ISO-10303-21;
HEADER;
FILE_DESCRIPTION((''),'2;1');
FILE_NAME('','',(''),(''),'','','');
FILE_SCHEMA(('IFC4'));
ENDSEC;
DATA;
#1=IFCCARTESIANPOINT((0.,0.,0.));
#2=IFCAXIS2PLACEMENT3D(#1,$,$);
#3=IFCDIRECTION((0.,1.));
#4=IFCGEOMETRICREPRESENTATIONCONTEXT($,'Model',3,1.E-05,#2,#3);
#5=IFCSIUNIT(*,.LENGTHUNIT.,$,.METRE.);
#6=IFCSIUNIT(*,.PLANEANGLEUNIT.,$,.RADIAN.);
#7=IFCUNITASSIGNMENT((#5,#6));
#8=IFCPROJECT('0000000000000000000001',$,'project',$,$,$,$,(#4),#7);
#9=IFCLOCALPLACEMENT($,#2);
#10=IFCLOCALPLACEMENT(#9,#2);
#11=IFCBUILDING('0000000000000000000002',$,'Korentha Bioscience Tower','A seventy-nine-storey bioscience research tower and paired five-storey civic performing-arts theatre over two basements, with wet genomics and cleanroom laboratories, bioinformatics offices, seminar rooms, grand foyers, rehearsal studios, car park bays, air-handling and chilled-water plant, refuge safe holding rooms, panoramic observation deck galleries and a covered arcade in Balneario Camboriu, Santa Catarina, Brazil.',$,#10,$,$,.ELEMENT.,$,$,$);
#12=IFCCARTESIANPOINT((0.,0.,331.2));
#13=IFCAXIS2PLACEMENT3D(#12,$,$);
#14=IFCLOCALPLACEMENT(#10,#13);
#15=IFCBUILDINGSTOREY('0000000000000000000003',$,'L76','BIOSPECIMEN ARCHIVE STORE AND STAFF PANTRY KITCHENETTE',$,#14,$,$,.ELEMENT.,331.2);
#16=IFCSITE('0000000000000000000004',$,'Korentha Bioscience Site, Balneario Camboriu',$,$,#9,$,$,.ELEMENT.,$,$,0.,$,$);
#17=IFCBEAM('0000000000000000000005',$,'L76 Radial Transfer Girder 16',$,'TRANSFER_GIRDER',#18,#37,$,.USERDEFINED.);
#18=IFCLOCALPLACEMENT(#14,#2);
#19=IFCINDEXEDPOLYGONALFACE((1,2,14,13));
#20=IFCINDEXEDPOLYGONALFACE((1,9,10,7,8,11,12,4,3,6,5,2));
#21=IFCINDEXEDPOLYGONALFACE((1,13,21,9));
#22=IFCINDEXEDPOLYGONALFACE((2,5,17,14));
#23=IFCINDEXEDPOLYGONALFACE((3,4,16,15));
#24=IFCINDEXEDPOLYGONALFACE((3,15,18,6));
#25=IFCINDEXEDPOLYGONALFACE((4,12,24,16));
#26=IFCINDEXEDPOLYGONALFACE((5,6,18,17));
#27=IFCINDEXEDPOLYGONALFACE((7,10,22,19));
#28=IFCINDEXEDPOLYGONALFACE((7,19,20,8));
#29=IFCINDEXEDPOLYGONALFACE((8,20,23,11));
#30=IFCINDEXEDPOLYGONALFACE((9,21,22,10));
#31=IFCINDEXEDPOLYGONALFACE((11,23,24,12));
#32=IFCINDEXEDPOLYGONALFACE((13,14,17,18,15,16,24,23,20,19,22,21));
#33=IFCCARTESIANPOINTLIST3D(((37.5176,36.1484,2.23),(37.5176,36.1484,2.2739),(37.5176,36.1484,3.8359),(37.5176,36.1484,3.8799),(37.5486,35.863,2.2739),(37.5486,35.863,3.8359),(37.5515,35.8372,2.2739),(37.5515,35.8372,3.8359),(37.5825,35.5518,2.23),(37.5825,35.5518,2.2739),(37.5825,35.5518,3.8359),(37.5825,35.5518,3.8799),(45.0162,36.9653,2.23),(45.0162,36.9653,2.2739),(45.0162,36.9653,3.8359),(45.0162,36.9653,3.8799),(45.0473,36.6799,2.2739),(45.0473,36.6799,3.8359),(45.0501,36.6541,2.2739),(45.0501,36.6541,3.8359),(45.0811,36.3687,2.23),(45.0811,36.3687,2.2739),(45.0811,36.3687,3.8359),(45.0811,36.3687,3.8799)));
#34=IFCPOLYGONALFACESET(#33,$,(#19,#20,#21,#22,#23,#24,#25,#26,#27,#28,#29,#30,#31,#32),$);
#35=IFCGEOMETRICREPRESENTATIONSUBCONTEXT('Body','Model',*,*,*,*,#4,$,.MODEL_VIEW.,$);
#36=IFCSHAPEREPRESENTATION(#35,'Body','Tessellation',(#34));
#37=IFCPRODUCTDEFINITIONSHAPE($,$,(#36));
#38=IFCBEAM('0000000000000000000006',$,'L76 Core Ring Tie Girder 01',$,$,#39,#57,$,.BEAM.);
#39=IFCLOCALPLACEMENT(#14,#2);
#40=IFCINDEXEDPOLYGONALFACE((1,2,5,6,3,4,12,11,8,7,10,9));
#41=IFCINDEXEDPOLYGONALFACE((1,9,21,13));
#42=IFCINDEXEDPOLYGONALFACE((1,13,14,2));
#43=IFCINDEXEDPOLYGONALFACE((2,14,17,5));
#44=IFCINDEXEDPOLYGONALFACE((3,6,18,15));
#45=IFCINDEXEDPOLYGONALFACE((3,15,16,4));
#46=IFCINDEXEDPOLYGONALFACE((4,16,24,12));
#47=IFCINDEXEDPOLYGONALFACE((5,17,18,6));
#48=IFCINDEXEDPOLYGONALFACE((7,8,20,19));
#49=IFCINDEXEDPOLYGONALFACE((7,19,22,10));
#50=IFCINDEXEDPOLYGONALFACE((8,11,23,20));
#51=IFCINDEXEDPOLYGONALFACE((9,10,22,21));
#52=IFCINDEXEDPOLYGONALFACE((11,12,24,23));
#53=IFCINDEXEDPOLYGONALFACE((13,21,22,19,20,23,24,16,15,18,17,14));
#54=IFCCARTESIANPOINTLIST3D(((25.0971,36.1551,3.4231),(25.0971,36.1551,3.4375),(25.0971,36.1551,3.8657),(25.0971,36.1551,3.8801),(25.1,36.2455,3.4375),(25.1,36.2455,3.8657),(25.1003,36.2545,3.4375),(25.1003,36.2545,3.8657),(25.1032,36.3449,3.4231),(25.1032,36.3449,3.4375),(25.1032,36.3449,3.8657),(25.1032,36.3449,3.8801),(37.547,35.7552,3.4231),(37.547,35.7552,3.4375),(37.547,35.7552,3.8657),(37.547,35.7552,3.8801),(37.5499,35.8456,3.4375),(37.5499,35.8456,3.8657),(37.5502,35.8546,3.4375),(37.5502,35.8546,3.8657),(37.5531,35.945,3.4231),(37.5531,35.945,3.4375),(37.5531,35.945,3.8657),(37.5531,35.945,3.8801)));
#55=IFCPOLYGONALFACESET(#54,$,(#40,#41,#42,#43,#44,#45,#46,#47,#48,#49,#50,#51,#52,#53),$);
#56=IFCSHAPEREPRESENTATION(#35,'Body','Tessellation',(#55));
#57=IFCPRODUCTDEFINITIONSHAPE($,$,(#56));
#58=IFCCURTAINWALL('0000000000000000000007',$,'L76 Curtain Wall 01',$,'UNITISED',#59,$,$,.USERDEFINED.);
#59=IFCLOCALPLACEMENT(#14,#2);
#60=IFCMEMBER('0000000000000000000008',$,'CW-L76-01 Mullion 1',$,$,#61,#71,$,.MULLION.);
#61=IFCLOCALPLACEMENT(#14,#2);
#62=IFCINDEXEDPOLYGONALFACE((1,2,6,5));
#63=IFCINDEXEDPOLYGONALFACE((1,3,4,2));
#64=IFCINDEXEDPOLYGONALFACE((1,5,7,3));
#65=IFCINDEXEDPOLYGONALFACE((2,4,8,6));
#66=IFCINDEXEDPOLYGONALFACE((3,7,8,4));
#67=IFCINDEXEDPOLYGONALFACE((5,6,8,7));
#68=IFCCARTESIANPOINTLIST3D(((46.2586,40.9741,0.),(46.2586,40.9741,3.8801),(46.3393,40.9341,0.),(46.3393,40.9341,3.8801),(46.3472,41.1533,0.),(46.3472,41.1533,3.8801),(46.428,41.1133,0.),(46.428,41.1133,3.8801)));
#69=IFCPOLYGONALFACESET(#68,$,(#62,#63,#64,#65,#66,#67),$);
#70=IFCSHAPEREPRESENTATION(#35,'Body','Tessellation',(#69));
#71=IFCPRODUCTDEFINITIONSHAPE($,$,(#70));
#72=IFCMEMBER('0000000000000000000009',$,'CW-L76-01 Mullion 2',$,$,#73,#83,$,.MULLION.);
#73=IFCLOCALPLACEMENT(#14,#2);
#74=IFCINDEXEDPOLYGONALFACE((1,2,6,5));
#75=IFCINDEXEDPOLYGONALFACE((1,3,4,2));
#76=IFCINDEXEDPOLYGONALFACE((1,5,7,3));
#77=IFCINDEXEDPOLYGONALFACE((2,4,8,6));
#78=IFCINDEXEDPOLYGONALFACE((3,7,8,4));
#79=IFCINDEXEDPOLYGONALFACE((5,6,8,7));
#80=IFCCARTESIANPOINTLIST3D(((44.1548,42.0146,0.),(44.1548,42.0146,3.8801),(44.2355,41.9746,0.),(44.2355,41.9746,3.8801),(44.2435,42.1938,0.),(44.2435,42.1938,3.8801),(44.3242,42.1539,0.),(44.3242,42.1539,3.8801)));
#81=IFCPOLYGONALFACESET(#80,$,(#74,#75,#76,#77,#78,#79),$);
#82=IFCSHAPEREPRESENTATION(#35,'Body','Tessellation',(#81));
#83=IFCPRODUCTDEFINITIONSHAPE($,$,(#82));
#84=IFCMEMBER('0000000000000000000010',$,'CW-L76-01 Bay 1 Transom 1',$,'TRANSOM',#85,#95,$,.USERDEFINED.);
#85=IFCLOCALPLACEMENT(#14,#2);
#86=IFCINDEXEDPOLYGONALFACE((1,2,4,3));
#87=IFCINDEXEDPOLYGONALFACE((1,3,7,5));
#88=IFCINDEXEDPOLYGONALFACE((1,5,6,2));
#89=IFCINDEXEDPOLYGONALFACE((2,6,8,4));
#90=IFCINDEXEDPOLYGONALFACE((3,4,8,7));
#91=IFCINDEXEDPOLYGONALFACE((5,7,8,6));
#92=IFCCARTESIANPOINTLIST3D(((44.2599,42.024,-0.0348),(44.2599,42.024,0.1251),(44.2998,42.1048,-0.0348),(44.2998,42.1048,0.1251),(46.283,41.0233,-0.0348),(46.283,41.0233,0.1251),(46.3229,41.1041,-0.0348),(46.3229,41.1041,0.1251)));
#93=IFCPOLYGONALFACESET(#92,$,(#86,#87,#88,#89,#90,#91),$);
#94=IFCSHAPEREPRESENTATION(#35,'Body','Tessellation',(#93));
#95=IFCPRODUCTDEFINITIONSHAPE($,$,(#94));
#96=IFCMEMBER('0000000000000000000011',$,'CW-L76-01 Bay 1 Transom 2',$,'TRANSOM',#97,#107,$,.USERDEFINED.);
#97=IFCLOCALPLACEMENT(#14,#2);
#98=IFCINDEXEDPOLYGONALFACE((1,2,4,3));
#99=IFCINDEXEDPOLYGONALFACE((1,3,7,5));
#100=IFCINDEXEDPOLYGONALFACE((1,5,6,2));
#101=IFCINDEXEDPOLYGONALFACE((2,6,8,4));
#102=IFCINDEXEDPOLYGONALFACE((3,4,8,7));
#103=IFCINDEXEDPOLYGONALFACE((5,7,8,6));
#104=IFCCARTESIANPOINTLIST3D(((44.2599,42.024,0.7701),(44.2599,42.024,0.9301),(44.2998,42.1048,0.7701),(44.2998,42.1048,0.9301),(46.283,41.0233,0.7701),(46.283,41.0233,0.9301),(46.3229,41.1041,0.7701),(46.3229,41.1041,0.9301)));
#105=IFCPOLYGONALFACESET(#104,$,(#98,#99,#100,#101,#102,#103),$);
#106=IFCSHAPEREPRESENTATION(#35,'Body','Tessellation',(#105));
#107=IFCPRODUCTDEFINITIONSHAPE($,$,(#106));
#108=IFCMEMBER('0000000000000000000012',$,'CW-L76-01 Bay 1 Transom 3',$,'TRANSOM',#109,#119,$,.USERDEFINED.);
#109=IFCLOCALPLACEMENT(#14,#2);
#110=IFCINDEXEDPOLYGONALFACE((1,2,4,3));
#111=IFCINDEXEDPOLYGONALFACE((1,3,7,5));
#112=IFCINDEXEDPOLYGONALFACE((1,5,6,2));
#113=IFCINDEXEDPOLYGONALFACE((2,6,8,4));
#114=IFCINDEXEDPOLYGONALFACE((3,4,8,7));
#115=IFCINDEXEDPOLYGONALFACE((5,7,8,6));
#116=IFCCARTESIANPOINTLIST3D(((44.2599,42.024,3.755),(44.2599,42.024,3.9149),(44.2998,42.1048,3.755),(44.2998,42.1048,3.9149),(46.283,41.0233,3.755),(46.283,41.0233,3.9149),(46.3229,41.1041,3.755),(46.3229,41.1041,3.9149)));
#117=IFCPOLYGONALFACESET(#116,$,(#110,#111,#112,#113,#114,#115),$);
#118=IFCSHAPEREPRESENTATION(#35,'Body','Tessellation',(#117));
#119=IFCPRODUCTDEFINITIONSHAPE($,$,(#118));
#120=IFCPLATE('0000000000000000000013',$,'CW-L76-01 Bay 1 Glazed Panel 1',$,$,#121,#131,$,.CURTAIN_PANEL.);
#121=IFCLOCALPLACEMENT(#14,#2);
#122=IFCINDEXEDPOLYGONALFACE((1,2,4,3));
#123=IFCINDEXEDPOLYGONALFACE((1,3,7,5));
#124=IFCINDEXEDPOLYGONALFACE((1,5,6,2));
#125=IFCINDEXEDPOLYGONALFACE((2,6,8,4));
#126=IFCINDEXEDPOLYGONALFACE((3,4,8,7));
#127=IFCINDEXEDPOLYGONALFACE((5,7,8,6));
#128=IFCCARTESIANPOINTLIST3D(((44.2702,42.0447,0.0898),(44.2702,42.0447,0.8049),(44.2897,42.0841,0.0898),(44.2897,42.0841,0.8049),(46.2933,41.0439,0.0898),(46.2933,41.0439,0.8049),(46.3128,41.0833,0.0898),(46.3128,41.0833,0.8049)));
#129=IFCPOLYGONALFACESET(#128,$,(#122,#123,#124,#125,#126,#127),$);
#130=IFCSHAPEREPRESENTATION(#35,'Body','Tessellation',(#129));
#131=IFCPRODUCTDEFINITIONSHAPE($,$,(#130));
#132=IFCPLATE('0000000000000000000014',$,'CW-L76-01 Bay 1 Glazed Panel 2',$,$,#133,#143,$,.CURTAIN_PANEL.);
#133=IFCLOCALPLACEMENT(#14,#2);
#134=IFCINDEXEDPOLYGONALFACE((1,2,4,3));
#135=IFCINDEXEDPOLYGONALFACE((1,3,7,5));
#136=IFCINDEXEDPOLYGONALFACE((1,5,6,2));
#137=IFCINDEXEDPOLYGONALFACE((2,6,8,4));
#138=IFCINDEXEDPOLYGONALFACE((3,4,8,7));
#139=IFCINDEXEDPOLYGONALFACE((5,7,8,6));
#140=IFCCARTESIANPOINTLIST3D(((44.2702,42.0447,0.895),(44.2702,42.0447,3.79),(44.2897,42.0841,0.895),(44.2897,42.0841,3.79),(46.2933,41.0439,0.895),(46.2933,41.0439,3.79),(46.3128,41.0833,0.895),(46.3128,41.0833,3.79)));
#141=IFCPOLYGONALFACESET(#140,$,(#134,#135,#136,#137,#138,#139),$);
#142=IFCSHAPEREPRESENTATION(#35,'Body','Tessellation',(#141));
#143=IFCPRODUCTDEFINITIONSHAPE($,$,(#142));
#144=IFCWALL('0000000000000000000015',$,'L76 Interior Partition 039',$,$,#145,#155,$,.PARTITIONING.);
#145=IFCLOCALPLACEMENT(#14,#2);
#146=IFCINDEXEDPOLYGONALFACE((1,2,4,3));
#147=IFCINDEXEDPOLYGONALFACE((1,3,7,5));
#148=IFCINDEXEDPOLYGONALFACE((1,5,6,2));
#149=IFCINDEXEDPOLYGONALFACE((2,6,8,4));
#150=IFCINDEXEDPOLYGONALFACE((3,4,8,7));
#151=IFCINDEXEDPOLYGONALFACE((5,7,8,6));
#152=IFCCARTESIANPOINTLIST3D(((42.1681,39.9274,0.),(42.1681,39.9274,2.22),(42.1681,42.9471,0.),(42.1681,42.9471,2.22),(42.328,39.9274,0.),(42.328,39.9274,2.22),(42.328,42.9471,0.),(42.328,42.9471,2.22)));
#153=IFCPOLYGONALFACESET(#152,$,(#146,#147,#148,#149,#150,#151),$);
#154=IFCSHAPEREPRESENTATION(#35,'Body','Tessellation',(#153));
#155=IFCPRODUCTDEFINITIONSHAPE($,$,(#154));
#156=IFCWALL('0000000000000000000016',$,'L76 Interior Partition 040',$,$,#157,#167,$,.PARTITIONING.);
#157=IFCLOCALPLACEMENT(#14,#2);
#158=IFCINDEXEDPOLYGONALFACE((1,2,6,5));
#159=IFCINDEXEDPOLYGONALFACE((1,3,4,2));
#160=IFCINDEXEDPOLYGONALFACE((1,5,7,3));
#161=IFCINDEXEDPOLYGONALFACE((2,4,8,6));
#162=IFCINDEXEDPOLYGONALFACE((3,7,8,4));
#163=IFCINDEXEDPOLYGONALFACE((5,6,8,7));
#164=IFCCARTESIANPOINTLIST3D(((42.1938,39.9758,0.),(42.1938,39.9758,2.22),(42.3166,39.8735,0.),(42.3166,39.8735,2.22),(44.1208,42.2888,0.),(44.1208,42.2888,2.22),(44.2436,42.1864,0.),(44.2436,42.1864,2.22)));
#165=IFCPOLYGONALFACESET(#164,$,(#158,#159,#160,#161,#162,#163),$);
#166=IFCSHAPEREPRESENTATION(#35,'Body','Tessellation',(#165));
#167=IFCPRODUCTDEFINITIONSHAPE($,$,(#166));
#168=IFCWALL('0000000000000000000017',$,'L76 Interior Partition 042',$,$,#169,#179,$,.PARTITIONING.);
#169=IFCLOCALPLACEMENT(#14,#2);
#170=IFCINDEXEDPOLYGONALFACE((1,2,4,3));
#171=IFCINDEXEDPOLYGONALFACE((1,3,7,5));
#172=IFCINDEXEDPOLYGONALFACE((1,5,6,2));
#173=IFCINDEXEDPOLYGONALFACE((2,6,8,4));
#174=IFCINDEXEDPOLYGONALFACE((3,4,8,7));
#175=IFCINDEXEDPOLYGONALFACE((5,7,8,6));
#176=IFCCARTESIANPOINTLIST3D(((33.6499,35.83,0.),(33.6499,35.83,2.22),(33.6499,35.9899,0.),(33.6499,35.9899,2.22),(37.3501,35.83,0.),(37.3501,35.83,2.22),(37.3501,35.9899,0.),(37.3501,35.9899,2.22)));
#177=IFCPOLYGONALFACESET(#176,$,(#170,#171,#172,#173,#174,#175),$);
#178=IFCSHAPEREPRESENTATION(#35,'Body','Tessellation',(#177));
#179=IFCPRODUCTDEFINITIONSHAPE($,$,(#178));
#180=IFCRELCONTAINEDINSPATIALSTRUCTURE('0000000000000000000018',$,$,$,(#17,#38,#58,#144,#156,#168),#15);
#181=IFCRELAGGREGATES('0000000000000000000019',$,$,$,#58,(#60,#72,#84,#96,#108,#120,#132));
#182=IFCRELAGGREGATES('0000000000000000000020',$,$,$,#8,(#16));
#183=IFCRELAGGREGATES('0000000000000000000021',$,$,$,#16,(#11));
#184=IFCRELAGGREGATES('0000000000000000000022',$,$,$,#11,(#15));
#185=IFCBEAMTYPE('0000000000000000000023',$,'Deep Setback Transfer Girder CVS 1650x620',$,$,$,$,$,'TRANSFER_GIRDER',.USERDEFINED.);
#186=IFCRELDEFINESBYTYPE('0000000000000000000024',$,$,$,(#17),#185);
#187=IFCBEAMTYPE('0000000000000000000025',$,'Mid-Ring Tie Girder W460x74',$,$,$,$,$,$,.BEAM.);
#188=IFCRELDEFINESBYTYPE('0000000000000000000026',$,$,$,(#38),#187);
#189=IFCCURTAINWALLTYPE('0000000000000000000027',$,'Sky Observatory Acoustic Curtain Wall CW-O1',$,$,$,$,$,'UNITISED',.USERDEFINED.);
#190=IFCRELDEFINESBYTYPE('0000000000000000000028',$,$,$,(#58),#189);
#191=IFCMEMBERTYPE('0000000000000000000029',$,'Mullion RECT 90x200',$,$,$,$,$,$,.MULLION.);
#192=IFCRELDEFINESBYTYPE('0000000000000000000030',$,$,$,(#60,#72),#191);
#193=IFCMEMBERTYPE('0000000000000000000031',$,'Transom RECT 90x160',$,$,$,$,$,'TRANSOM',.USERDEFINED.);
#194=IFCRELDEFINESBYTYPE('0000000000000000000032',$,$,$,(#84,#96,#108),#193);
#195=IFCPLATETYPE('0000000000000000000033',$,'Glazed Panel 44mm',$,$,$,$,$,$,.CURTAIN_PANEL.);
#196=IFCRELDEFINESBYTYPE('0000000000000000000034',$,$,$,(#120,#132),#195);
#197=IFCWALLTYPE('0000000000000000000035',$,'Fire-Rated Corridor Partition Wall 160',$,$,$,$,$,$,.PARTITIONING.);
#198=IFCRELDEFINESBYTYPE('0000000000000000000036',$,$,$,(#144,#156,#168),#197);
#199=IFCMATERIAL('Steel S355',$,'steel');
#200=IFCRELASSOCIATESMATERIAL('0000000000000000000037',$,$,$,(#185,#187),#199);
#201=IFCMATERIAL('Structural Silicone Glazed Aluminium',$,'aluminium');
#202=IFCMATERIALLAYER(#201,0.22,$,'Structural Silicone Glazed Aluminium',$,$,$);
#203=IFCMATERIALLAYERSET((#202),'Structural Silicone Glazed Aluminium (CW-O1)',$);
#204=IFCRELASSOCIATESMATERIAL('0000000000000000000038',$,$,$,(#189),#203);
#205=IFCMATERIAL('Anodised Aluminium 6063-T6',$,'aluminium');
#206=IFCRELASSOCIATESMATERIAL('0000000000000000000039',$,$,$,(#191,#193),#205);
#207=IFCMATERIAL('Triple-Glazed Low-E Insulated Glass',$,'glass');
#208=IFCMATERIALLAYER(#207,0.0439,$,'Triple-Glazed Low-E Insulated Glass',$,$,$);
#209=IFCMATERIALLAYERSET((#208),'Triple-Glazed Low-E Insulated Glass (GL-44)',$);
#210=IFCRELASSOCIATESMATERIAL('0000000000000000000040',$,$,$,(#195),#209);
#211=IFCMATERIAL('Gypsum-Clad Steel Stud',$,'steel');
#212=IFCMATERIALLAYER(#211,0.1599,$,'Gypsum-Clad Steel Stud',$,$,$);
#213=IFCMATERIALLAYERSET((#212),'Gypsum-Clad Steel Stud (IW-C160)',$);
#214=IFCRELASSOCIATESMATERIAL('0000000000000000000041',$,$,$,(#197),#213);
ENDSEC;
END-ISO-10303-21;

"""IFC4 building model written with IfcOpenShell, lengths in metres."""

from ifc_helpers import new_model, si_unit, direction, frame, frame_2d, origin, origin_2d, place, context, subcontext, project, spatial, rectangle, i_section, extrude, material, layer, layer_set, material_profile, profile_set, type_object, element, aggregate, save


model = new_model("IFC4")

# Units and contexts
model_context = context("Model", 3, precision=1e-05, world=origin(), true_north=direction((0.0, 1.0)))
body_context = subcontext(model_context, "Body", "Model", "MODEL_VIEW")
ifc_project = project(units=[si_unit("LENGTHUNIT", "METRE"), si_unit("PLANEANGLEUNIT", "RADIAN")], contexts=[model_context])

# Site, building, storey
site_placement = place(None, origin())
site = spatial("IfcSite", under=ifc_project, at=site_placement, Name="Korentha Bioscience Site, Balneario Camboriu", CompositionType="ELEMENT", RefElevation=0.0)
building_placement = place(site_placement, origin())
building = spatial("IfcBuilding", under=site, at=building_placement, Name="Korentha Bioscience Tower", Description="A seventy-nine-storey bioscience research tower and paired five-storey civic performing-arts theatre over two basements, with wet genomics and cleanroom laboratories, bioinformatics offices, seminar rooms, grand foyers, rehearsal studios, car park bays, air-handling and chilled-water plant, refuge safe holding rooms, panoramic observation deck galleries and a covered arcade in Balneario Camboriu, Santa Catarina, Brazil.", CompositionType="ELEMENT")
storey_placement = place(building_placement, frame((0.0, 0.0, 331.2)))
storey = spatial("IfcBuildingStorey", under=building, at=storey_placement, Name="L76", Description="BIOSPECIMEN ARCHIVE STORE AND STAFF PANTRY KITCHENETTE", CompositionType="ELEMENT", Elevation=331.2)

# Beams
ifc_material_1 = material(Name="Steel S355", Category="steel")
ifc_material_profile_1 = material_profile(ifc_material_1, i_section(OverallWidth=0.6001, OverallDepth=1.6499, WebThickness=0.0259, FlangeThickness=0.0439, at=origin_2d()), Name="Steel S355")
ifc_profile_set_1 = profile_set([ifc_material_profile_1], Name="Steel S355 (TG-04)")
beam_type_1 = type_object("IfcBeamType", Name="Deep Setback Transfer Girder CVS 1650x620", ElementType="TRANSFER_GIRDER", PredefinedType="USERDEFINED", material=ifc_profile_set_1)
beam_1_placement = place(storey_placement, frame((37.55, 35.8501, 3.0549), z_axis=(0.994118, 0.1083, 0.0), x_axis=(-0.1083, 0.994118, 0.0)))
element("IfcBeam", 1, at=beam_1_placement, inside=storey, type_object=beam_type_1, Name="L76 Radial Transfer Girder 16", ObjectType="TRANSFER_GIRDER", PredefinedType="USERDEFINED", context=body_context, shape_type="SweptSolid", body=[
    extrude(i_section(OverallWidth=0.6001, OverallDepth=1.6499, WebThickness=0.0259, FlangeThickness=0.0439, at=origin_2d()), origin(), (0.0, 0.0, 1.0), 7.543),
])
ifc_material_profile_2 = material_profile(ifc_material_1, i_section(OverallWidth=0.1899, OverallDepth=0.457, WebThickness=0.009, FlangeThickness=0.0144, at=origin_2d()), Name="Steel S355")
ifc_profile_set_2 = profile_set([ifc_material_profile_2], Name="Steel S355 (MB-460)")
beam_type_2 = type_object("IfcBeamType", Name="Mid-Ring Tie Girder W460x74", PredefinedType="BEAM", material=ifc_profile_set_2)
beam_2_placement = place(storey_placement, frame((37.55, 35.8501, 3.6516), z_axis=(-0.999485, 0.032104, 0.0), x_axis=(-0.032104, -0.999485, 0.0)))
element("IfcBeam", 2, at=beam_2_placement, inside=storey, type_object=beam_type_2, Name="L76 Core Ring Tie Girder 01", PredefinedType="BEAM", context=body_context, shape_type="SweptSolid", body=[
    extrude(i_section(OverallWidth=0.1899, OverallDepth=0.457, WebThickness=0.009, FlangeThickness=0.0144, at=origin_2d()), origin(), (0.0, 0.0, 1.0), 12.4563),
])

# Curtain wall, members, plates
ifc_material_2 = material(Name="Structural Silicone Glazed Aluminium", Category="aluminium")
ifc_layer_1 = layer(ifc_material_2, 0.22, Name="Structural Silicone Glazed Aluminium")
ifc_layer_set_1 = layer_set([ifc_layer_1], Name="Structural Silicone Glazed Aluminium (CW-O1)")
curtain_wall_type = type_object("IfcCurtainWallType", Name="Sky Observatory Acoustic Curtain Wall CW-O1", ElementType="UNITISED", PredefinedType="USERDEFINED", material=ifc_layer_set_1)
curtain_wall_placement = place(storey_placement, origin())
curtain_wall = element("IfcCurtainWall", 3, at=curtain_wall_placement, inside=storey, type_object=curtain_wall_type, Name="L76 Curtain Wall 01", ObjectType="UNITISED", PredefinedType="USERDEFINED")
ifc_material_3 = material(Name="Anodised Aluminium 6063-T6", Category="aluminium")
ifc_material_profile_3 = material_profile(ifc_material_3, rectangle(XDim=0.0901, YDim=0.2, at=origin_2d()), Name="Anodised Aluminium 6063-T6")
ifc_profile_set_3 = profile_set([ifc_material_profile_3], Name="Anodised Aluminium 6063-T6 (CW-MUL)")
member_type_1 = type_object("IfcMemberType", Name="Mullion RECT 90x200", PredefinedType="MULLION", material=ifc_profile_set_3)
member_1_placement = place(storey_placement, frame((46.3433, 41.0437, 0.0), z_axis=(0.0, 0.0, 1.0), x_axis=(-0.896323, 0.443402, 0.0)))
member_1 = element("IfcMember", 4, at=member_1_placement, type_object=member_type_1, Name="CW-L76-01 Mullion 1", PredefinedType="MULLION", context=body_context, shape_type="SweptSolid", body=[
    extrude(rectangle(XDim=0.0901, YDim=0.2, at=origin_2d()), origin(), (0.0, 0.0, 1.0), 3.8801),
])
member_2_placement = place(storey_placement, frame((44.2395, 42.0842, 0.0), z_axis=(0.0, 0.0, 1.0), x_axis=(-0.896323, 0.443402, 0.0)))
member_2 = element("IfcMember", 5, at=member_2_placement, type_object=member_type_1, Name="CW-L76-01 Mullion 2", PredefinedType="MULLION", context=body_context, shape_type="SweptSolid", body=[
    extrude(rectangle(XDim=0.0901, YDim=0.2, at=origin_2d()), origin(), (0.0, 0.0, 1.0), 3.8801),
])
ifc_material_profile_4 = material_profile(ifc_material_3, rectangle(XDim=0.0901, YDim=0.1599, at=origin_2d()), Name="Anodised Aluminium 6063-T6")
ifc_profile_set_4 = profile_set([ifc_material_profile_4], Name="Anodised Aluminium 6063-T6 (CW-TRN)")
member_type_2 = type_object("IfcMemberType", Name="Transom RECT 90x160", ElementType="TRANSOM", PredefinedType="USERDEFINED", material=ifc_profile_set_4)
member_3_placement = place(storey_placement, frame((46.303, 41.0637, 0.0452), z_axis=(-0.896344, 0.443359, 0.0), x_axis=(-0.443359, -0.896344, 0.0)))
member_3 = element("IfcMember", 6, at=member_3_placement, type_object=member_type_2, Name="CW-L76-01 Bay 1 Transom 1", ObjectType="TRANSOM", PredefinedType="USERDEFINED", context=body_context, shape_type="SweptSolid", body=[
    extrude(rectangle(XDim=0.0901, YDim=0.1599, at=origin_2d()), origin(), (0.0, 0.0, 1.0), 2.2571),
])
member_4_placement = place(storey_placement, frame((46.303, 41.0637, 0.8501), z_axis=(-0.896344, 0.443359, 0.0), x_axis=(-0.443359, -0.896344, 0.0)))
member_4 = element("IfcMember", 7, at=member_4_placement, type_object=member_type_2, Name="CW-L76-01 Bay 1 Transom 2", ObjectType="TRANSOM", PredefinedType="USERDEFINED", context=body_context, shape_type="SweptSolid", body=[
    extrude(rectangle(XDim=0.0901, YDim=0.1599, at=origin_2d()), origin(), (0.0, 0.0, 1.0), 2.2571),
])
member_5_placement = place(storey_placement, frame((46.303, 41.0637, 3.835), z_axis=(-0.896344, 0.443359, 0.0), x_axis=(-0.443359, -0.896344, 0.0)))
member_5 = element("IfcMember", 8, at=member_5_placement, type_object=member_type_2, Name="CW-L76-01 Bay 1 Transom 3", ObjectType="TRANSOM", PredefinedType="USERDEFINED", context=body_context, shape_type="SweptSolid", body=[
    extrude(rectangle(XDim=0.0901, YDim=0.1599, at=origin_2d()), origin(), (0.0, 0.0, 1.0), 2.2571),
])
ifc_material_4 = material(Name="Triple-Glazed Low-E Insulated Glass", Category="glass")
ifc_layer_2 = layer(ifc_material_4, 0.0439, Name="Triple-Glazed Low-E Insulated Glass")
ifc_layer_set_2 = layer_set([ifc_layer_2], Name="Triple-Glazed Low-E Insulated Glass (GL-44)")
plate_type = type_object("IfcPlateType", Name="Glazed Panel 44mm", PredefinedType="CURTAIN_PANEL", material=ifc_layer_set_2)
plate_1_placement = place(storey_placement, frame((45.2915, 41.564, 0.0898), z_axis=(0.0, 0.0, 1.0), x_axis=(-0.896323, 0.443402, 0.0)))
plate_1 = element("IfcPlate", 9, at=plate_1_placement, type_object=plate_type, Name="CW-L76-01 Bay 1 Glazed Panel 1", PredefinedType="CURTAIN_PANEL", context=body_context, shape_type="SweptSolid", body=[
    extrude(rectangle(XDim=2.2571, YDim=0.0439, at=origin_2d()), origin(), (0.0, 0.0, 1.0), 0.7151),
])
plate_2_placement = place(storey_placement, frame((45.2915, 41.564, 0.895), z_axis=(0.0, 0.0, 1.0), x_axis=(-0.896323, 0.443402, 0.0)))
plate_2 = element("IfcPlate", 10, at=plate_2_placement, type_object=plate_type, Name="CW-L76-01 Bay 1 Glazed Panel 2", PredefinedType="CURTAIN_PANEL", context=body_context, shape_type="SweptSolid", body=[
    extrude(rectangle(XDim=2.2571, YDim=0.0439, at=origin_2d()), origin(), (0.0, 0.0, 1.0), 2.895),
])
aggregate(curtain_wall, [member_1, member_2, member_3, member_4, member_5, plate_1, plate_2])

# Walls
ifc_material_5 = material(Name="Gypsum-Clad Steel Stud", Category="steel")
ifc_layer_3 = layer(ifc_material_5, 0.1599, Name="Gypsum-Clad Steel Stud")
ifc_layer_set_3 = layer_set([ifc_layer_3], Name="Gypsum-Clad Steel Stud (IW-C160)")
wall_type_1 = type_object("IfcWallType", Name="Fire-Rated Corridor Partition Wall 160", PredefinedType="PARTITIONING", material=ifc_layer_set_3)
wall_1_placement = place(storey_placement, frame((42.248, 42.947, 0.0), z_axis=(0.0, 0.0, 1.0), x_axis=(0.0, -1.0, 0.0)))
element("IfcWall", 11, at=wall_1_placement, inside=storey, type_object=wall_type_1, Name="L76 Interior Partition 039", PredefinedType="PARTITIONING", context=body_context, shape_type="SweptSolid", body=[
    extrude(rectangle(XDim=3.0198, YDim=0.1599, at=frame_2d((1.5098, 0.0))), origin(), (0.0, 0.0, 1.0), 2.22),
])
wall_2_placement = place(storey_placement, frame((42.2551, 39.9246, 0.0), z_axis=(0.0, 0.0, 1.0), x_axis=(0.640089, 0.768301, 0.0)))
element("IfcWall", 12, at=wall_2_placement, inside=storey, type_object=wall_type_1, Name="L76 Interior Partition 040", PredefinedType="PARTITIONING", context=body_context, shape_type="SweptSolid", body=[
    extrude(rectangle(XDim=3.0105, YDim=0.1599, at=frame_2d((1.5054, 0.0))), origin(), (0.0, 0.0, 1.0), 2.22),
])
wall_3_placement = place(storey_placement, frame((37.3501, 35.9099, 0.0), z_axis=(0.0, 0.0, 1.0), x_axis=(-1.0, 0.0, 0.0)))
element("IfcWall", 13, at=wall_3_placement, inside=storey, type_object=wall_type_1, Name="L76 Interior Partition 042", PredefinedType="PARTITIONING", context=body_context, shape_type="SweptSolid", body=[
    extrude(rectangle(XDim=3.7002, YDim=0.1599, at=frame_2d((1.8501, 0.0))), origin(), (0.0, 0.0, 1.0), 2.22),
])

save(model, "model.ifc")
